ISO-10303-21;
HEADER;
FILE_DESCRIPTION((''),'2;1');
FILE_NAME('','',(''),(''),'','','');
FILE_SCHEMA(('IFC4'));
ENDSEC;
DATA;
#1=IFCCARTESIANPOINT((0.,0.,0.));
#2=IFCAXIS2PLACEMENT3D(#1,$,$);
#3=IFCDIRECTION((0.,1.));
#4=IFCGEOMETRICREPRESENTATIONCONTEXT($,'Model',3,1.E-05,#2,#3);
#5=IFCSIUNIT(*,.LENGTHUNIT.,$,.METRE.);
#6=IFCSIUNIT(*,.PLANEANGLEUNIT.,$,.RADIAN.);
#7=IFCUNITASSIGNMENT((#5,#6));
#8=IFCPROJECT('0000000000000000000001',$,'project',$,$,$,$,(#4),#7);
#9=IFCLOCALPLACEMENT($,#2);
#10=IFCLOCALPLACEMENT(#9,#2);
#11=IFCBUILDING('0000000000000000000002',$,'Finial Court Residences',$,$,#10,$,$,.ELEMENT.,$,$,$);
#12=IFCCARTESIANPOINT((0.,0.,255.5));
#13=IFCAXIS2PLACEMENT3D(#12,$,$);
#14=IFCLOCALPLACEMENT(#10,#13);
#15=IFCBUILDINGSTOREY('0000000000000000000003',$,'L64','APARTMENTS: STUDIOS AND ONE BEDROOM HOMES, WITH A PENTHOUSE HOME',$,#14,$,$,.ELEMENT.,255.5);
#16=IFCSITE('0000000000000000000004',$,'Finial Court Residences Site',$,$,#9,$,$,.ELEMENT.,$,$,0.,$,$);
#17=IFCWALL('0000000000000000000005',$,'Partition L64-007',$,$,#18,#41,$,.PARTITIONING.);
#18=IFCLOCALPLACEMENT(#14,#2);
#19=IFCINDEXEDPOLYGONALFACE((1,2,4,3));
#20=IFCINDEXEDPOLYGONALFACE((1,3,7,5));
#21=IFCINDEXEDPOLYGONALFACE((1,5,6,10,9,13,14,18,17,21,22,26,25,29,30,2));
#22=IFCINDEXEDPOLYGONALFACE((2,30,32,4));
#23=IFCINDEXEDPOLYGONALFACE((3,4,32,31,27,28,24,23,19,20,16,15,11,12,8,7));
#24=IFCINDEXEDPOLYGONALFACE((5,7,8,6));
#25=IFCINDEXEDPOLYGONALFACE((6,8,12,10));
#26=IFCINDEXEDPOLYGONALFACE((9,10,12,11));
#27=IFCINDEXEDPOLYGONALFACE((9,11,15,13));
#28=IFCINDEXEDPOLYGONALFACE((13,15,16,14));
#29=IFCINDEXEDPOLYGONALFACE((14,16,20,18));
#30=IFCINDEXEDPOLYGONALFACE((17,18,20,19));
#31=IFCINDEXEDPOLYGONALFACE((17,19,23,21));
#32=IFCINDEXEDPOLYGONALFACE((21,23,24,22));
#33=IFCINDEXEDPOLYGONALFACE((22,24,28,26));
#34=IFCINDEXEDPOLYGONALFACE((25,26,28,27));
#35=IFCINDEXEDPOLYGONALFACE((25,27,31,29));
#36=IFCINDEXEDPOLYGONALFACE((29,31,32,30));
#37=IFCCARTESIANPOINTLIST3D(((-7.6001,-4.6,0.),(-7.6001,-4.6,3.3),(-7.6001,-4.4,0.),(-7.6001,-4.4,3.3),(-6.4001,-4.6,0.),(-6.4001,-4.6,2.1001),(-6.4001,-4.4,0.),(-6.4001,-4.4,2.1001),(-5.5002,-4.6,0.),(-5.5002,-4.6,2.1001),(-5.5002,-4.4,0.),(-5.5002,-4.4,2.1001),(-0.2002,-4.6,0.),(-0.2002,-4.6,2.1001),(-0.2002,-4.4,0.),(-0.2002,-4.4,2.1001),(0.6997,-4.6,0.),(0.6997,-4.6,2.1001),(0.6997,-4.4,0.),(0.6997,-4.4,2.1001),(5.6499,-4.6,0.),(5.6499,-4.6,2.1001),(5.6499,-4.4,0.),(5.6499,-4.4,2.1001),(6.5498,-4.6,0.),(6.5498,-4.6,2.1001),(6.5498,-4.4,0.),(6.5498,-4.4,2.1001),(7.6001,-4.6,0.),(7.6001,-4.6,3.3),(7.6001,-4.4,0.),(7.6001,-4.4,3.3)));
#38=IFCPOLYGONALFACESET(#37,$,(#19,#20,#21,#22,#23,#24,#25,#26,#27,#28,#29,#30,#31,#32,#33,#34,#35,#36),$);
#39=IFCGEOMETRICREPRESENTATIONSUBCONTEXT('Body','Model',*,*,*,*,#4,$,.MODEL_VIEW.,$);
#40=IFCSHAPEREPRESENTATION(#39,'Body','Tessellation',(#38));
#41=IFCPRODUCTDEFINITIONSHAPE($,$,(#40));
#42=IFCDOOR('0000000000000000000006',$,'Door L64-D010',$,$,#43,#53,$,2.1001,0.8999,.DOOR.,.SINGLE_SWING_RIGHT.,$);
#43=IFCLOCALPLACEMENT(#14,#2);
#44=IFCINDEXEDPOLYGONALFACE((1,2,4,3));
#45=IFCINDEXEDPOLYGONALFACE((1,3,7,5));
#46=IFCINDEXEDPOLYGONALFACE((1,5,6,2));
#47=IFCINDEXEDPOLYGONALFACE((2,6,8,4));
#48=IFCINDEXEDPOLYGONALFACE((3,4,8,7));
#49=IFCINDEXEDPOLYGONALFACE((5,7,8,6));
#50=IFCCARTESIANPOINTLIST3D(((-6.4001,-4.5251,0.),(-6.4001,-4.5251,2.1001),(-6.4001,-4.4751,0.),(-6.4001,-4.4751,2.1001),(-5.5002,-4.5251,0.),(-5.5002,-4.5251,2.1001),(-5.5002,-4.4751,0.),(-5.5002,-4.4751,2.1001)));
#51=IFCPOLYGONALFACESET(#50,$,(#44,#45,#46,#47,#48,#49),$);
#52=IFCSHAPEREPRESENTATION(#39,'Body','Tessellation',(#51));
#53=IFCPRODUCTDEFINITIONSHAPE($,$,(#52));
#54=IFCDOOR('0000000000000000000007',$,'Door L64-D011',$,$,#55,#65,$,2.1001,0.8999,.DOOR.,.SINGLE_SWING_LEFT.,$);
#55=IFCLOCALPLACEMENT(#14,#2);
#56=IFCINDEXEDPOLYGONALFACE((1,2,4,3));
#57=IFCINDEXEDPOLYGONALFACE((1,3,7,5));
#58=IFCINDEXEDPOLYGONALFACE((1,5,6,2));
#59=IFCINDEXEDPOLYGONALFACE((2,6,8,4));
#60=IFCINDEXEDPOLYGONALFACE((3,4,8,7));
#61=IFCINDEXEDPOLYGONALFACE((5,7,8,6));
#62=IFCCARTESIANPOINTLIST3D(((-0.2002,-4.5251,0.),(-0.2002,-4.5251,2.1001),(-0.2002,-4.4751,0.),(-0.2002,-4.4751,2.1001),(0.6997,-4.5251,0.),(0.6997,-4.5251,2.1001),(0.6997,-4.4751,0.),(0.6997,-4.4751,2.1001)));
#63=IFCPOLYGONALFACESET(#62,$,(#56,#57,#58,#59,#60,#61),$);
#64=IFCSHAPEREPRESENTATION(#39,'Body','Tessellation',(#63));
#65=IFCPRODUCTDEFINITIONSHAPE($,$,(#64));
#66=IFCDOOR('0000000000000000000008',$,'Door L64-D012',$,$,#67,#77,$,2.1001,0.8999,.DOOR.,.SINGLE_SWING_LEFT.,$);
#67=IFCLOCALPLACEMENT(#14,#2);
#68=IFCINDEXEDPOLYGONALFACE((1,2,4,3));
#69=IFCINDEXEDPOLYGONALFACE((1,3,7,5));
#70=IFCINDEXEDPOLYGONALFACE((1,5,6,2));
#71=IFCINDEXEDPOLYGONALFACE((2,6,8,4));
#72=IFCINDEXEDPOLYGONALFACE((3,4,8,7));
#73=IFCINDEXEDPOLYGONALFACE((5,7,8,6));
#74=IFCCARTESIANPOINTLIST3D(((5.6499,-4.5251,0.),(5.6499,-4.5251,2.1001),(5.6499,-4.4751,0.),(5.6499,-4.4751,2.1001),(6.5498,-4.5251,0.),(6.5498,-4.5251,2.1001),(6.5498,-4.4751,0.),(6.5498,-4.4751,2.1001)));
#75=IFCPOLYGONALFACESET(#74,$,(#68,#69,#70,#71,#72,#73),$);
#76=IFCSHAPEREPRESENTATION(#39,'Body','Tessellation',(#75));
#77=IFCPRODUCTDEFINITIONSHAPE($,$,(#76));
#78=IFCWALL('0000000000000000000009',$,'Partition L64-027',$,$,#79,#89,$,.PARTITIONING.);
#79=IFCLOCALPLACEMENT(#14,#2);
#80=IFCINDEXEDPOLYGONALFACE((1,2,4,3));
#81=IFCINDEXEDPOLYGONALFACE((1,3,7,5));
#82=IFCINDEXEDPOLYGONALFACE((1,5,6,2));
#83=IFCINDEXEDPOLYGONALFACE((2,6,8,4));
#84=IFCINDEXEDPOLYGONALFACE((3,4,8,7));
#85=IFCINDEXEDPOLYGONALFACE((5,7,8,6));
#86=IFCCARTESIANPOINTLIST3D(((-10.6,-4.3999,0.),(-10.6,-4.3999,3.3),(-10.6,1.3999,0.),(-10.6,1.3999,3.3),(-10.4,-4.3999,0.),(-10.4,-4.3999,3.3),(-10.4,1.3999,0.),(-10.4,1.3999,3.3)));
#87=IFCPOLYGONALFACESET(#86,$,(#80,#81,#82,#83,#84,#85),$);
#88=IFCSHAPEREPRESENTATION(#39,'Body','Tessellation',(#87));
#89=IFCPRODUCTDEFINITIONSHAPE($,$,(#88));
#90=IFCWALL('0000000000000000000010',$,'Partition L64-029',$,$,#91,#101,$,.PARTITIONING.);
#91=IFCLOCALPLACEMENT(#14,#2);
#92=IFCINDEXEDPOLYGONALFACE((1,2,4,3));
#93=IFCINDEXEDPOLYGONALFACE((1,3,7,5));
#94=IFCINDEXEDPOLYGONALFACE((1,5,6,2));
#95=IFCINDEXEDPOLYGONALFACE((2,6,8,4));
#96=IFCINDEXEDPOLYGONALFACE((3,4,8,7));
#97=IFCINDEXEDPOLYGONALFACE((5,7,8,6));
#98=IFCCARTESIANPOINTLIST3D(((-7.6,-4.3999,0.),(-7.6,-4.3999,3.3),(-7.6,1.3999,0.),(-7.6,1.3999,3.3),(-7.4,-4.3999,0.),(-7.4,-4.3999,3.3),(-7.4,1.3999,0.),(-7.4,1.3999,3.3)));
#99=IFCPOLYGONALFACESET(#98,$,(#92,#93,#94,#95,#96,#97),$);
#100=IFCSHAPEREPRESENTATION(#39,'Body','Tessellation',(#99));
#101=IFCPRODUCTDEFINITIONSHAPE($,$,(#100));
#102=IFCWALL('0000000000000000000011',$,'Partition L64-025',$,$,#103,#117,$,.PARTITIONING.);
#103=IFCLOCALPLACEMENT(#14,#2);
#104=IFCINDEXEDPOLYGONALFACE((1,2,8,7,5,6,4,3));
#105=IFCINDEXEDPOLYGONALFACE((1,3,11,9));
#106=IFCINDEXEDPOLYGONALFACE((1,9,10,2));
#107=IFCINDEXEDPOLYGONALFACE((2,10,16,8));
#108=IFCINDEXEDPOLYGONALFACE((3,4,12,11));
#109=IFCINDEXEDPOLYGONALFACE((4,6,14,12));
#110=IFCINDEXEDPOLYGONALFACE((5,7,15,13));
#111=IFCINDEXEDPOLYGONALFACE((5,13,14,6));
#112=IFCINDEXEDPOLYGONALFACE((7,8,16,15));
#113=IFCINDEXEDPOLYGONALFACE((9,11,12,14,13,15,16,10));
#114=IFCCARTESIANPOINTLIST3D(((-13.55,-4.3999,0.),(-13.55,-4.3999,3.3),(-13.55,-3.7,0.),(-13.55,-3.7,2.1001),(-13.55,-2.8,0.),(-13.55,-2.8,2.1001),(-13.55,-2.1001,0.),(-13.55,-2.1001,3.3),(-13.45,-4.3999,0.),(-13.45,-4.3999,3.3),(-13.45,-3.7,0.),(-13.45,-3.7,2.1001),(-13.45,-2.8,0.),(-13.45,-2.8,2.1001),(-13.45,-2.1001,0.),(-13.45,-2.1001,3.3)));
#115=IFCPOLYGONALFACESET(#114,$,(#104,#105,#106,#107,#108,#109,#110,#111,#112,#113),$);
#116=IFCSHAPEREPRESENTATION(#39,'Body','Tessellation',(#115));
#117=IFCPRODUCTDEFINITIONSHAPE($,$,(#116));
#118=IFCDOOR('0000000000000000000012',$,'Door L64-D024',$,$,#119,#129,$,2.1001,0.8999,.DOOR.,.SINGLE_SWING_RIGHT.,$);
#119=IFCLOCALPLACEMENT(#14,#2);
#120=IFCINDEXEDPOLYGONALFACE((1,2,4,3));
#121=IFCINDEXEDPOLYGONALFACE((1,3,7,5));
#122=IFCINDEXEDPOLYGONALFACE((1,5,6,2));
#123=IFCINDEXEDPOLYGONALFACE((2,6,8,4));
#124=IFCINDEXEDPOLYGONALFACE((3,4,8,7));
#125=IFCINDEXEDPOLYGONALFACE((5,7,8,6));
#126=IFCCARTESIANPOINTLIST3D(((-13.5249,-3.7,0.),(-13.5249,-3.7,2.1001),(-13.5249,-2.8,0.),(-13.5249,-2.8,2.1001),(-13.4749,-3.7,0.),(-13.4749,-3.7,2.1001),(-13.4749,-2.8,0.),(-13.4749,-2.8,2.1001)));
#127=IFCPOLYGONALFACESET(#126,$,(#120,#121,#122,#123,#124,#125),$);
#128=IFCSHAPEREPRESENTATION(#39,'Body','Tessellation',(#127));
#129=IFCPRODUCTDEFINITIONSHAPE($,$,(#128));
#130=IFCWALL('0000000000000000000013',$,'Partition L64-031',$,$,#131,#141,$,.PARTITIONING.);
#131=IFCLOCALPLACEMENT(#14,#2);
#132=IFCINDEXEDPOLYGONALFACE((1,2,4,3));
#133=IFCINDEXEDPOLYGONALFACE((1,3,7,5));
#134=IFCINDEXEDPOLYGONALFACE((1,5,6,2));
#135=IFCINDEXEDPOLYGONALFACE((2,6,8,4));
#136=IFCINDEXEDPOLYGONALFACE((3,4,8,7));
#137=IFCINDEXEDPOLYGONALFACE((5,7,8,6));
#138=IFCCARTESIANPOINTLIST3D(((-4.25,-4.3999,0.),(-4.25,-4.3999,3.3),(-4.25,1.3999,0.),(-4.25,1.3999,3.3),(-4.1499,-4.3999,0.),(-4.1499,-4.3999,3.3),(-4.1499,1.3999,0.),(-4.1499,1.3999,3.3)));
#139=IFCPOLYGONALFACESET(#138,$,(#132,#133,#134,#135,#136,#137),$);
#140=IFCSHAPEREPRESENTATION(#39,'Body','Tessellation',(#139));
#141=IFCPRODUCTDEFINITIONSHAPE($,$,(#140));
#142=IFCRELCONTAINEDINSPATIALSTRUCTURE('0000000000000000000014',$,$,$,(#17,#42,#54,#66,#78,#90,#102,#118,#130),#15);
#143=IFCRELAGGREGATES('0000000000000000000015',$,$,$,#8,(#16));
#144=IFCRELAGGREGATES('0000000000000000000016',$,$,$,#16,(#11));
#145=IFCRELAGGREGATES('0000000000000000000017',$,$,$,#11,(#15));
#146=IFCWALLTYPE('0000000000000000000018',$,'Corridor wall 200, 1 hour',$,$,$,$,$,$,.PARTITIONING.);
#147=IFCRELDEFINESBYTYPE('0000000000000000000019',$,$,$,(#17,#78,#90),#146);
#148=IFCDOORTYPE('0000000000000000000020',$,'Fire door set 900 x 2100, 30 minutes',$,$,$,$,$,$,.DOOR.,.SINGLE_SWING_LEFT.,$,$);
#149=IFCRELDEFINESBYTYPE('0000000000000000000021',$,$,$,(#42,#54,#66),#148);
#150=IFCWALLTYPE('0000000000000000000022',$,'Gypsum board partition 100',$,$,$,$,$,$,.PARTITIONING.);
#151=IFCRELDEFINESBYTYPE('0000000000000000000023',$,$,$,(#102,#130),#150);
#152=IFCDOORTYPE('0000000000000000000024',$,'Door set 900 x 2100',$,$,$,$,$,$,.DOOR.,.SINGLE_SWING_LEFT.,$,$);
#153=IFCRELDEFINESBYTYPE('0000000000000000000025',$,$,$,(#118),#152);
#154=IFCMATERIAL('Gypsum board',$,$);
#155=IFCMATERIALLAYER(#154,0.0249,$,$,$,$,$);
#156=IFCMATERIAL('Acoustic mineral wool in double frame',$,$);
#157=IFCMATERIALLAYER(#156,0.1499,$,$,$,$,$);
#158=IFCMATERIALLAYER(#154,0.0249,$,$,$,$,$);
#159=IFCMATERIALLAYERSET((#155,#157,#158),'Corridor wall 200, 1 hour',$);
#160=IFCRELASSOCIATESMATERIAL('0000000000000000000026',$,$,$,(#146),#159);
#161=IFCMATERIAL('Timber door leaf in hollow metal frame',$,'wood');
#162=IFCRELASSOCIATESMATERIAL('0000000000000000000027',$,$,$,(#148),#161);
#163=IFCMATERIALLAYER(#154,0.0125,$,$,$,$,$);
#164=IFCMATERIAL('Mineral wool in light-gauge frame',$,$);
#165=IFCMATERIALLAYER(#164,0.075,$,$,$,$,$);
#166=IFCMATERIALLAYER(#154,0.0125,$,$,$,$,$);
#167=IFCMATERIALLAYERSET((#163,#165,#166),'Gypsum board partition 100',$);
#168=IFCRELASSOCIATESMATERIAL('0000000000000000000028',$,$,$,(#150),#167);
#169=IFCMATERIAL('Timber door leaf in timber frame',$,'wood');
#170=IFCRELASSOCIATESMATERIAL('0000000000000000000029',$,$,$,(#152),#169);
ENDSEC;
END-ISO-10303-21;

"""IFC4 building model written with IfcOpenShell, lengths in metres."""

from ifc_helpers import new_model, si_unit, direction, frame, frame_2d, origin, place, context, subcontext, project, spatial, rectangle, extrude, material, layer, layer_set, type_object, element, fill, save


model = new_model("IFC4")

# Units and contexts
model_context = context("Model", 3, precision=1e-05, world=origin(), true_north=direction((0.0, 1.0)))
body_context = subcontext(model_context, "Body", "Model", "MODEL_VIEW")
ifc_project = project(units=[si_unit("LENGTHUNIT", "METRE"), si_unit("PLANEANGLEUNIT", "RADIAN")], contexts=[model_context])

# Site, building, storey
site_placement = place(None, origin())
site = spatial("IfcSite", under=ifc_project, at=site_placement, Name="Finial Court Residences Site", CompositionType="ELEMENT", RefElevation=0.0)
building_placement = place(site_placement, origin())
building = spatial("IfcBuilding", under=site, at=building_placement, Name="Finial Court Residences", CompositionType="ELEMENT")
storey_placement = place(building_placement, frame((0.0, 0.0, 255.5)))
storey = spatial("IfcBuildingStorey", under=building, at=storey_placement, Name="L64", Description="APARTMENTS: STUDIOS AND ONE BEDROOM HOMES, WITH A PENTHOUSE HOME", CompositionType="ELEMENT", Elevation=255.5)

# Wall, openings, doors
ifc_material_1 = material(Name="Gypsum board")
ifc_layer_1 = layer(ifc_material_1, 0.0249)
ifc_material_2 = material(Name="Acoustic mineral wool in double frame")
ifc_layer_2 = layer(ifc_material_2, 0.1499)
ifc_layer_3 = layer(ifc_material_1, 0.0249)
ifc_layer_set_1 = layer_set([ifc_layer_1, ifc_layer_2, ifc_layer_3], Name="Corridor wall 200, 1 hour")
wall_type_1 = type_object("IfcWallType", Name="Corridor wall 200, 1 hour", PredefinedType="PARTITIONING", material=ifc_layer_set_1)
wall_1_placement = place(storey_placement, frame((-7.6001, -4.5, 0.0), z_axis=(0.0, 0.0, 1.0), x_axis=(1.0, 0.0, 0.0)))
wall_1 = element("IfcWall", 1, at=wall_1_placement, inside=storey, type_object=wall_type_1, Name="Partition L64-007", PredefinedType="PARTITIONING", context=body_context, shape_type="SweptSolid", body=[
    extrude(rectangle(XDim=15.2002, YDim=0.2, at=frame_2d((7.6001, 0.0))), origin(), (0.0, 0.0, 1.0), 3.3),
])
opening_1_placement = place(wall_1_placement, frame((1.2, 0.0, 0.0)))
opening_1 = element("IfcOpeningElement", 2, at=opening_1_placement, cuts=wall_1, PredefinedType="OPENING", context=body_context, shape_type="SweptSolid", body=[
    extrude(rectangle(XDim=0.8999, YDim=2.1001, at=frame_2d((0.45, 1.05))), frame((0.0, 0.1099, 0.0), z_axis=(0.0, -1.0, 0.0), x_axis=(1.0, 0.0, 0.0)), (0.0, 0.0, 1.0), 0.22),
])
opening_2_placement = place(wall_1_placement, frame((7.3999, 0.0, 0.0)))
opening_2 = element("IfcOpeningElement", 3, at=opening_2_placement, cuts=wall_1, PredefinedType="OPENING", context=body_context, shape_type="SweptSolid", body=[
    extrude(rectangle(XDim=0.8999, YDim=2.1001, at=frame_2d((0.45, 1.05))), frame((0.0, 0.1099, 0.0), z_axis=(0.0, -1.0, 0.0), x_axis=(1.0, 0.0, 0.0)), (0.0, 0.0, 1.0), 0.22),
])
opening_3_placement = place(wall_1_placement, frame((13.25, 0.0, 0.0)))
opening_3 = element("IfcOpeningElement", 4, at=opening_3_placement, cuts=wall_1, PredefinedType="OPENING", context=body_context, shape_type="SweptSolid", body=[
    extrude(rectangle(XDim=0.8999, YDim=2.1001, at=frame_2d((0.45, 1.05))), frame((0.0, 0.1099, 0.0), z_axis=(0.0, -1.0, 0.0), x_axis=(1.0, 0.0, 0.0)), (0.0, 0.0, 1.0), 0.22),
])
ifc_material_3 = material(Name="Timber door leaf in hollow metal frame", Category="wood")
door_type_1 = type_object("IfcDoorType", Name="Fire door set 900 x 2100, 30 minutes", OperationType="SINGLE_SWING_LEFT", PredefinedType="DOOR", material=ifc_material_3)
door_1_placement = place(opening_1_placement, origin())
door_1 = element("IfcDoor", 5, at=door_1_placement, inside=storey, type_object=door_type_1, Name="Door L64-D010", OperationType="SINGLE_SWING_RIGHT", OverallHeight=2.1001, OverallWidth=0.8999, PredefinedType="DOOR", context=body_context, shape_type="SweptSolid", body=[
    extrude(rectangle(XDim=0.8999, YDim=2.1001, at=frame_2d((0.45, 1.05))), frame((0.0, 0.0249, 0.0), z_axis=(0.0, -1.0, 0.0), x_axis=(1.0, 0.0, 0.0)), (0.0, 0.0, 1.0), 0.05),
])
fill(opening_1, door_1)
door_2_placement = place(opening_2_placement, origin())
door_2 = element("IfcDoor", 6, at=door_2_placement, inside=storey, type_object=door_type_1, Name="Door L64-D011", OperationType="SINGLE_SWING_LEFT", OverallHeight=2.1001, OverallWidth=0.8999, PredefinedType="DOOR", context=body_context, shape_type="SweptSolid", body=[
    extrude(rectangle(XDim=0.8999, YDim=2.1001, at=frame_2d((0.45, 1.05))), frame((0.0, 0.0249, 0.0), z_axis=(0.0, -1.0, 0.0), x_axis=(1.0, 0.0, 0.0)), (0.0, 0.0, 1.0), 0.05),
])
fill(opening_2, door_2)
door_3_placement = place(opening_3_placement, origin())
door_3 = element("IfcDoor", 7, at=door_3_placement, inside=storey, type_object=door_type_1, Name="Door L64-D012", OperationType="SINGLE_SWING_LEFT", OverallHeight=2.1001, OverallWidth=0.8999, PredefinedType="DOOR", context=body_context, shape_type="SweptSolid", body=[
    extrude(rectangle(XDim=0.8999, YDim=2.1001, at=frame_2d((0.45, 1.05))), frame((0.0, 0.0249, 0.0), z_axis=(0.0, -1.0, 0.0), x_axis=(1.0, 0.0, 0.0)), (0.0, 0.0, 1.0), 0.05),
])
fill(opening_3, door_3)

# Walls
for number, where, z_axis, x_axis, name in (
    (8, (-10.5, -4.3999, 0.0), (0.0, 0.0, 1.0), (0.0, 1.0, 0.0), "Partition L64-027"),
    (9, (-7.5, -4.3999, 0.0), (0.0, 0.0, 1.0), (0.0, 1.0, 0.0), "Partition L64-029"),
):
    element("IfcWall", number, at=place(storey_placement, frame(where, z_axis=z_axis, x_axis=x_axis)), inside=storey, type_object=wall_type_1, Name=name, PredefinedType="PARTITIONING", context=body_context, shape_type="SweptSolid", body=[
        extrude(rectangle(XDim=5.7998, YDim=0.2, at=frame_2d((2.8999, 0.0))), origin(), (0.0, 0.0, 1.0), 3.3),
    ])

# Wall, opening, door
ifc_layer_4 = layer(ifc_material_1, 0.0125)
ifc_material_4 = material(Name="Mineral wool in light-gauge frame")
ifc_layer_5 = layer(ifc_material_4, 0.075)
ifc_layer_6 = layer(ifc_material_1, 0.0125)
ifc_layer_set_2 = layer_set([ifc_layer_4, ifc_layer_5, ifc_layer_6], Name="Gypsum board partition 100")
wall_type_2 = type_object("IfcWallType", Name="Gypsum board partition 100", PredefinedType="PARTITIONING", material=ifc_layer_set_2)
wall_2_placement = place(storey_placement, frame((-13.5, -4.3999, 0.0), z_axis=(0.0, 0.0, 1.0), x_axis=(0.0, 1.0, 0.0)))
wall_2 = element("IfcWall", 10, at=wall_2_placement, inside=storey, type_object=wall_type_2, Name="Partition L64-025", PredefinedType="PARTITIONING", context=body_context, shape_type="SweptSolid", body=[
    extrude(rectangle(XDim=2.2998, YDim=0.1001, at=frame_2d((1.1499, 0.0))), origin(), (0.0, 0.0, 1.0), 3.3),
])
opening_4_placement = place(wall_2_placement, frame((0.7, 0.0, 0.0)))
opening_4 = element("IfcOpeningElement", 11, at=opening_4_placement, cuts=wall_2, PredefinedType="OPENING", context=body_context, shape_type="SweptSolid", body=[
    extrude(rectangle(XDim=0.8999, YDim=2.1001, at=frame_2d((0.45, 1.05))), frame((0.0, 0.0601, 0.0), z_axis=(0.0, -1.0, 0.0), x_axis=(1.0, 0.0, 0.0)), (0.0, 0.0, 1.0), 0.1201),
])
ifc_material_5 = material(Name="Timber door leaf in timber frame", Category="wood")
door_type_2 = type_object("IfcDoorType", Name="Door set 900 x 2100", OperationType="SINGLE_SWING_LEFT", PredefinedType="DOOR", material=ifc_material_5)
door_4_placement = place(opening_4_placement, origin())
door_4 = element("IfcDoor", 12, at=door_4_placement, inside=storey, type_object=door_type_2, Name="Door L64-D024", OperationType="SINGLE_SWING_RIGHT", OverallHeight=2.1001, OverallWidth=0.8999, PredefinedType="DOOR", context=body_context, shape_type="SweptSolid", body=[
    extrude(rectangle(XDim=0.8999, YDim=2.1001, at=frame_2d((0.45, 1.05))), frame((0.0, 0.0249, 0.0), z_axis=(0.0, -1.0, 0.0), x_axis=(1.0, 0.0, 0.0)), (0.0, 0.0, 1.0), 0.05),
])
fill(opening_4, door_4)

# Wall
wall_3_placement = place(storey_placement, frame((-4.2, -4.3999, 0.0), z_axis=(0.0, 0.0, 1.0), x_axis=(0.0, 1.0, 0.0)))
element("IfcWall", 13, at=wall_3_placement, inside=storey, type_object=wall_type_2, Name="Partition L64-031", PredefinedType="PARTITIONING", context=body_context, shape_type="SweptSolid", body=[
    extrude(rectangle(XDim=5.7998, YDim=0.1001, at=frame_2d((2.8999, 0.0))), origin(), (0.0, 0.0, 1.0), 3.3),
])

save(model, "model.ifc")
